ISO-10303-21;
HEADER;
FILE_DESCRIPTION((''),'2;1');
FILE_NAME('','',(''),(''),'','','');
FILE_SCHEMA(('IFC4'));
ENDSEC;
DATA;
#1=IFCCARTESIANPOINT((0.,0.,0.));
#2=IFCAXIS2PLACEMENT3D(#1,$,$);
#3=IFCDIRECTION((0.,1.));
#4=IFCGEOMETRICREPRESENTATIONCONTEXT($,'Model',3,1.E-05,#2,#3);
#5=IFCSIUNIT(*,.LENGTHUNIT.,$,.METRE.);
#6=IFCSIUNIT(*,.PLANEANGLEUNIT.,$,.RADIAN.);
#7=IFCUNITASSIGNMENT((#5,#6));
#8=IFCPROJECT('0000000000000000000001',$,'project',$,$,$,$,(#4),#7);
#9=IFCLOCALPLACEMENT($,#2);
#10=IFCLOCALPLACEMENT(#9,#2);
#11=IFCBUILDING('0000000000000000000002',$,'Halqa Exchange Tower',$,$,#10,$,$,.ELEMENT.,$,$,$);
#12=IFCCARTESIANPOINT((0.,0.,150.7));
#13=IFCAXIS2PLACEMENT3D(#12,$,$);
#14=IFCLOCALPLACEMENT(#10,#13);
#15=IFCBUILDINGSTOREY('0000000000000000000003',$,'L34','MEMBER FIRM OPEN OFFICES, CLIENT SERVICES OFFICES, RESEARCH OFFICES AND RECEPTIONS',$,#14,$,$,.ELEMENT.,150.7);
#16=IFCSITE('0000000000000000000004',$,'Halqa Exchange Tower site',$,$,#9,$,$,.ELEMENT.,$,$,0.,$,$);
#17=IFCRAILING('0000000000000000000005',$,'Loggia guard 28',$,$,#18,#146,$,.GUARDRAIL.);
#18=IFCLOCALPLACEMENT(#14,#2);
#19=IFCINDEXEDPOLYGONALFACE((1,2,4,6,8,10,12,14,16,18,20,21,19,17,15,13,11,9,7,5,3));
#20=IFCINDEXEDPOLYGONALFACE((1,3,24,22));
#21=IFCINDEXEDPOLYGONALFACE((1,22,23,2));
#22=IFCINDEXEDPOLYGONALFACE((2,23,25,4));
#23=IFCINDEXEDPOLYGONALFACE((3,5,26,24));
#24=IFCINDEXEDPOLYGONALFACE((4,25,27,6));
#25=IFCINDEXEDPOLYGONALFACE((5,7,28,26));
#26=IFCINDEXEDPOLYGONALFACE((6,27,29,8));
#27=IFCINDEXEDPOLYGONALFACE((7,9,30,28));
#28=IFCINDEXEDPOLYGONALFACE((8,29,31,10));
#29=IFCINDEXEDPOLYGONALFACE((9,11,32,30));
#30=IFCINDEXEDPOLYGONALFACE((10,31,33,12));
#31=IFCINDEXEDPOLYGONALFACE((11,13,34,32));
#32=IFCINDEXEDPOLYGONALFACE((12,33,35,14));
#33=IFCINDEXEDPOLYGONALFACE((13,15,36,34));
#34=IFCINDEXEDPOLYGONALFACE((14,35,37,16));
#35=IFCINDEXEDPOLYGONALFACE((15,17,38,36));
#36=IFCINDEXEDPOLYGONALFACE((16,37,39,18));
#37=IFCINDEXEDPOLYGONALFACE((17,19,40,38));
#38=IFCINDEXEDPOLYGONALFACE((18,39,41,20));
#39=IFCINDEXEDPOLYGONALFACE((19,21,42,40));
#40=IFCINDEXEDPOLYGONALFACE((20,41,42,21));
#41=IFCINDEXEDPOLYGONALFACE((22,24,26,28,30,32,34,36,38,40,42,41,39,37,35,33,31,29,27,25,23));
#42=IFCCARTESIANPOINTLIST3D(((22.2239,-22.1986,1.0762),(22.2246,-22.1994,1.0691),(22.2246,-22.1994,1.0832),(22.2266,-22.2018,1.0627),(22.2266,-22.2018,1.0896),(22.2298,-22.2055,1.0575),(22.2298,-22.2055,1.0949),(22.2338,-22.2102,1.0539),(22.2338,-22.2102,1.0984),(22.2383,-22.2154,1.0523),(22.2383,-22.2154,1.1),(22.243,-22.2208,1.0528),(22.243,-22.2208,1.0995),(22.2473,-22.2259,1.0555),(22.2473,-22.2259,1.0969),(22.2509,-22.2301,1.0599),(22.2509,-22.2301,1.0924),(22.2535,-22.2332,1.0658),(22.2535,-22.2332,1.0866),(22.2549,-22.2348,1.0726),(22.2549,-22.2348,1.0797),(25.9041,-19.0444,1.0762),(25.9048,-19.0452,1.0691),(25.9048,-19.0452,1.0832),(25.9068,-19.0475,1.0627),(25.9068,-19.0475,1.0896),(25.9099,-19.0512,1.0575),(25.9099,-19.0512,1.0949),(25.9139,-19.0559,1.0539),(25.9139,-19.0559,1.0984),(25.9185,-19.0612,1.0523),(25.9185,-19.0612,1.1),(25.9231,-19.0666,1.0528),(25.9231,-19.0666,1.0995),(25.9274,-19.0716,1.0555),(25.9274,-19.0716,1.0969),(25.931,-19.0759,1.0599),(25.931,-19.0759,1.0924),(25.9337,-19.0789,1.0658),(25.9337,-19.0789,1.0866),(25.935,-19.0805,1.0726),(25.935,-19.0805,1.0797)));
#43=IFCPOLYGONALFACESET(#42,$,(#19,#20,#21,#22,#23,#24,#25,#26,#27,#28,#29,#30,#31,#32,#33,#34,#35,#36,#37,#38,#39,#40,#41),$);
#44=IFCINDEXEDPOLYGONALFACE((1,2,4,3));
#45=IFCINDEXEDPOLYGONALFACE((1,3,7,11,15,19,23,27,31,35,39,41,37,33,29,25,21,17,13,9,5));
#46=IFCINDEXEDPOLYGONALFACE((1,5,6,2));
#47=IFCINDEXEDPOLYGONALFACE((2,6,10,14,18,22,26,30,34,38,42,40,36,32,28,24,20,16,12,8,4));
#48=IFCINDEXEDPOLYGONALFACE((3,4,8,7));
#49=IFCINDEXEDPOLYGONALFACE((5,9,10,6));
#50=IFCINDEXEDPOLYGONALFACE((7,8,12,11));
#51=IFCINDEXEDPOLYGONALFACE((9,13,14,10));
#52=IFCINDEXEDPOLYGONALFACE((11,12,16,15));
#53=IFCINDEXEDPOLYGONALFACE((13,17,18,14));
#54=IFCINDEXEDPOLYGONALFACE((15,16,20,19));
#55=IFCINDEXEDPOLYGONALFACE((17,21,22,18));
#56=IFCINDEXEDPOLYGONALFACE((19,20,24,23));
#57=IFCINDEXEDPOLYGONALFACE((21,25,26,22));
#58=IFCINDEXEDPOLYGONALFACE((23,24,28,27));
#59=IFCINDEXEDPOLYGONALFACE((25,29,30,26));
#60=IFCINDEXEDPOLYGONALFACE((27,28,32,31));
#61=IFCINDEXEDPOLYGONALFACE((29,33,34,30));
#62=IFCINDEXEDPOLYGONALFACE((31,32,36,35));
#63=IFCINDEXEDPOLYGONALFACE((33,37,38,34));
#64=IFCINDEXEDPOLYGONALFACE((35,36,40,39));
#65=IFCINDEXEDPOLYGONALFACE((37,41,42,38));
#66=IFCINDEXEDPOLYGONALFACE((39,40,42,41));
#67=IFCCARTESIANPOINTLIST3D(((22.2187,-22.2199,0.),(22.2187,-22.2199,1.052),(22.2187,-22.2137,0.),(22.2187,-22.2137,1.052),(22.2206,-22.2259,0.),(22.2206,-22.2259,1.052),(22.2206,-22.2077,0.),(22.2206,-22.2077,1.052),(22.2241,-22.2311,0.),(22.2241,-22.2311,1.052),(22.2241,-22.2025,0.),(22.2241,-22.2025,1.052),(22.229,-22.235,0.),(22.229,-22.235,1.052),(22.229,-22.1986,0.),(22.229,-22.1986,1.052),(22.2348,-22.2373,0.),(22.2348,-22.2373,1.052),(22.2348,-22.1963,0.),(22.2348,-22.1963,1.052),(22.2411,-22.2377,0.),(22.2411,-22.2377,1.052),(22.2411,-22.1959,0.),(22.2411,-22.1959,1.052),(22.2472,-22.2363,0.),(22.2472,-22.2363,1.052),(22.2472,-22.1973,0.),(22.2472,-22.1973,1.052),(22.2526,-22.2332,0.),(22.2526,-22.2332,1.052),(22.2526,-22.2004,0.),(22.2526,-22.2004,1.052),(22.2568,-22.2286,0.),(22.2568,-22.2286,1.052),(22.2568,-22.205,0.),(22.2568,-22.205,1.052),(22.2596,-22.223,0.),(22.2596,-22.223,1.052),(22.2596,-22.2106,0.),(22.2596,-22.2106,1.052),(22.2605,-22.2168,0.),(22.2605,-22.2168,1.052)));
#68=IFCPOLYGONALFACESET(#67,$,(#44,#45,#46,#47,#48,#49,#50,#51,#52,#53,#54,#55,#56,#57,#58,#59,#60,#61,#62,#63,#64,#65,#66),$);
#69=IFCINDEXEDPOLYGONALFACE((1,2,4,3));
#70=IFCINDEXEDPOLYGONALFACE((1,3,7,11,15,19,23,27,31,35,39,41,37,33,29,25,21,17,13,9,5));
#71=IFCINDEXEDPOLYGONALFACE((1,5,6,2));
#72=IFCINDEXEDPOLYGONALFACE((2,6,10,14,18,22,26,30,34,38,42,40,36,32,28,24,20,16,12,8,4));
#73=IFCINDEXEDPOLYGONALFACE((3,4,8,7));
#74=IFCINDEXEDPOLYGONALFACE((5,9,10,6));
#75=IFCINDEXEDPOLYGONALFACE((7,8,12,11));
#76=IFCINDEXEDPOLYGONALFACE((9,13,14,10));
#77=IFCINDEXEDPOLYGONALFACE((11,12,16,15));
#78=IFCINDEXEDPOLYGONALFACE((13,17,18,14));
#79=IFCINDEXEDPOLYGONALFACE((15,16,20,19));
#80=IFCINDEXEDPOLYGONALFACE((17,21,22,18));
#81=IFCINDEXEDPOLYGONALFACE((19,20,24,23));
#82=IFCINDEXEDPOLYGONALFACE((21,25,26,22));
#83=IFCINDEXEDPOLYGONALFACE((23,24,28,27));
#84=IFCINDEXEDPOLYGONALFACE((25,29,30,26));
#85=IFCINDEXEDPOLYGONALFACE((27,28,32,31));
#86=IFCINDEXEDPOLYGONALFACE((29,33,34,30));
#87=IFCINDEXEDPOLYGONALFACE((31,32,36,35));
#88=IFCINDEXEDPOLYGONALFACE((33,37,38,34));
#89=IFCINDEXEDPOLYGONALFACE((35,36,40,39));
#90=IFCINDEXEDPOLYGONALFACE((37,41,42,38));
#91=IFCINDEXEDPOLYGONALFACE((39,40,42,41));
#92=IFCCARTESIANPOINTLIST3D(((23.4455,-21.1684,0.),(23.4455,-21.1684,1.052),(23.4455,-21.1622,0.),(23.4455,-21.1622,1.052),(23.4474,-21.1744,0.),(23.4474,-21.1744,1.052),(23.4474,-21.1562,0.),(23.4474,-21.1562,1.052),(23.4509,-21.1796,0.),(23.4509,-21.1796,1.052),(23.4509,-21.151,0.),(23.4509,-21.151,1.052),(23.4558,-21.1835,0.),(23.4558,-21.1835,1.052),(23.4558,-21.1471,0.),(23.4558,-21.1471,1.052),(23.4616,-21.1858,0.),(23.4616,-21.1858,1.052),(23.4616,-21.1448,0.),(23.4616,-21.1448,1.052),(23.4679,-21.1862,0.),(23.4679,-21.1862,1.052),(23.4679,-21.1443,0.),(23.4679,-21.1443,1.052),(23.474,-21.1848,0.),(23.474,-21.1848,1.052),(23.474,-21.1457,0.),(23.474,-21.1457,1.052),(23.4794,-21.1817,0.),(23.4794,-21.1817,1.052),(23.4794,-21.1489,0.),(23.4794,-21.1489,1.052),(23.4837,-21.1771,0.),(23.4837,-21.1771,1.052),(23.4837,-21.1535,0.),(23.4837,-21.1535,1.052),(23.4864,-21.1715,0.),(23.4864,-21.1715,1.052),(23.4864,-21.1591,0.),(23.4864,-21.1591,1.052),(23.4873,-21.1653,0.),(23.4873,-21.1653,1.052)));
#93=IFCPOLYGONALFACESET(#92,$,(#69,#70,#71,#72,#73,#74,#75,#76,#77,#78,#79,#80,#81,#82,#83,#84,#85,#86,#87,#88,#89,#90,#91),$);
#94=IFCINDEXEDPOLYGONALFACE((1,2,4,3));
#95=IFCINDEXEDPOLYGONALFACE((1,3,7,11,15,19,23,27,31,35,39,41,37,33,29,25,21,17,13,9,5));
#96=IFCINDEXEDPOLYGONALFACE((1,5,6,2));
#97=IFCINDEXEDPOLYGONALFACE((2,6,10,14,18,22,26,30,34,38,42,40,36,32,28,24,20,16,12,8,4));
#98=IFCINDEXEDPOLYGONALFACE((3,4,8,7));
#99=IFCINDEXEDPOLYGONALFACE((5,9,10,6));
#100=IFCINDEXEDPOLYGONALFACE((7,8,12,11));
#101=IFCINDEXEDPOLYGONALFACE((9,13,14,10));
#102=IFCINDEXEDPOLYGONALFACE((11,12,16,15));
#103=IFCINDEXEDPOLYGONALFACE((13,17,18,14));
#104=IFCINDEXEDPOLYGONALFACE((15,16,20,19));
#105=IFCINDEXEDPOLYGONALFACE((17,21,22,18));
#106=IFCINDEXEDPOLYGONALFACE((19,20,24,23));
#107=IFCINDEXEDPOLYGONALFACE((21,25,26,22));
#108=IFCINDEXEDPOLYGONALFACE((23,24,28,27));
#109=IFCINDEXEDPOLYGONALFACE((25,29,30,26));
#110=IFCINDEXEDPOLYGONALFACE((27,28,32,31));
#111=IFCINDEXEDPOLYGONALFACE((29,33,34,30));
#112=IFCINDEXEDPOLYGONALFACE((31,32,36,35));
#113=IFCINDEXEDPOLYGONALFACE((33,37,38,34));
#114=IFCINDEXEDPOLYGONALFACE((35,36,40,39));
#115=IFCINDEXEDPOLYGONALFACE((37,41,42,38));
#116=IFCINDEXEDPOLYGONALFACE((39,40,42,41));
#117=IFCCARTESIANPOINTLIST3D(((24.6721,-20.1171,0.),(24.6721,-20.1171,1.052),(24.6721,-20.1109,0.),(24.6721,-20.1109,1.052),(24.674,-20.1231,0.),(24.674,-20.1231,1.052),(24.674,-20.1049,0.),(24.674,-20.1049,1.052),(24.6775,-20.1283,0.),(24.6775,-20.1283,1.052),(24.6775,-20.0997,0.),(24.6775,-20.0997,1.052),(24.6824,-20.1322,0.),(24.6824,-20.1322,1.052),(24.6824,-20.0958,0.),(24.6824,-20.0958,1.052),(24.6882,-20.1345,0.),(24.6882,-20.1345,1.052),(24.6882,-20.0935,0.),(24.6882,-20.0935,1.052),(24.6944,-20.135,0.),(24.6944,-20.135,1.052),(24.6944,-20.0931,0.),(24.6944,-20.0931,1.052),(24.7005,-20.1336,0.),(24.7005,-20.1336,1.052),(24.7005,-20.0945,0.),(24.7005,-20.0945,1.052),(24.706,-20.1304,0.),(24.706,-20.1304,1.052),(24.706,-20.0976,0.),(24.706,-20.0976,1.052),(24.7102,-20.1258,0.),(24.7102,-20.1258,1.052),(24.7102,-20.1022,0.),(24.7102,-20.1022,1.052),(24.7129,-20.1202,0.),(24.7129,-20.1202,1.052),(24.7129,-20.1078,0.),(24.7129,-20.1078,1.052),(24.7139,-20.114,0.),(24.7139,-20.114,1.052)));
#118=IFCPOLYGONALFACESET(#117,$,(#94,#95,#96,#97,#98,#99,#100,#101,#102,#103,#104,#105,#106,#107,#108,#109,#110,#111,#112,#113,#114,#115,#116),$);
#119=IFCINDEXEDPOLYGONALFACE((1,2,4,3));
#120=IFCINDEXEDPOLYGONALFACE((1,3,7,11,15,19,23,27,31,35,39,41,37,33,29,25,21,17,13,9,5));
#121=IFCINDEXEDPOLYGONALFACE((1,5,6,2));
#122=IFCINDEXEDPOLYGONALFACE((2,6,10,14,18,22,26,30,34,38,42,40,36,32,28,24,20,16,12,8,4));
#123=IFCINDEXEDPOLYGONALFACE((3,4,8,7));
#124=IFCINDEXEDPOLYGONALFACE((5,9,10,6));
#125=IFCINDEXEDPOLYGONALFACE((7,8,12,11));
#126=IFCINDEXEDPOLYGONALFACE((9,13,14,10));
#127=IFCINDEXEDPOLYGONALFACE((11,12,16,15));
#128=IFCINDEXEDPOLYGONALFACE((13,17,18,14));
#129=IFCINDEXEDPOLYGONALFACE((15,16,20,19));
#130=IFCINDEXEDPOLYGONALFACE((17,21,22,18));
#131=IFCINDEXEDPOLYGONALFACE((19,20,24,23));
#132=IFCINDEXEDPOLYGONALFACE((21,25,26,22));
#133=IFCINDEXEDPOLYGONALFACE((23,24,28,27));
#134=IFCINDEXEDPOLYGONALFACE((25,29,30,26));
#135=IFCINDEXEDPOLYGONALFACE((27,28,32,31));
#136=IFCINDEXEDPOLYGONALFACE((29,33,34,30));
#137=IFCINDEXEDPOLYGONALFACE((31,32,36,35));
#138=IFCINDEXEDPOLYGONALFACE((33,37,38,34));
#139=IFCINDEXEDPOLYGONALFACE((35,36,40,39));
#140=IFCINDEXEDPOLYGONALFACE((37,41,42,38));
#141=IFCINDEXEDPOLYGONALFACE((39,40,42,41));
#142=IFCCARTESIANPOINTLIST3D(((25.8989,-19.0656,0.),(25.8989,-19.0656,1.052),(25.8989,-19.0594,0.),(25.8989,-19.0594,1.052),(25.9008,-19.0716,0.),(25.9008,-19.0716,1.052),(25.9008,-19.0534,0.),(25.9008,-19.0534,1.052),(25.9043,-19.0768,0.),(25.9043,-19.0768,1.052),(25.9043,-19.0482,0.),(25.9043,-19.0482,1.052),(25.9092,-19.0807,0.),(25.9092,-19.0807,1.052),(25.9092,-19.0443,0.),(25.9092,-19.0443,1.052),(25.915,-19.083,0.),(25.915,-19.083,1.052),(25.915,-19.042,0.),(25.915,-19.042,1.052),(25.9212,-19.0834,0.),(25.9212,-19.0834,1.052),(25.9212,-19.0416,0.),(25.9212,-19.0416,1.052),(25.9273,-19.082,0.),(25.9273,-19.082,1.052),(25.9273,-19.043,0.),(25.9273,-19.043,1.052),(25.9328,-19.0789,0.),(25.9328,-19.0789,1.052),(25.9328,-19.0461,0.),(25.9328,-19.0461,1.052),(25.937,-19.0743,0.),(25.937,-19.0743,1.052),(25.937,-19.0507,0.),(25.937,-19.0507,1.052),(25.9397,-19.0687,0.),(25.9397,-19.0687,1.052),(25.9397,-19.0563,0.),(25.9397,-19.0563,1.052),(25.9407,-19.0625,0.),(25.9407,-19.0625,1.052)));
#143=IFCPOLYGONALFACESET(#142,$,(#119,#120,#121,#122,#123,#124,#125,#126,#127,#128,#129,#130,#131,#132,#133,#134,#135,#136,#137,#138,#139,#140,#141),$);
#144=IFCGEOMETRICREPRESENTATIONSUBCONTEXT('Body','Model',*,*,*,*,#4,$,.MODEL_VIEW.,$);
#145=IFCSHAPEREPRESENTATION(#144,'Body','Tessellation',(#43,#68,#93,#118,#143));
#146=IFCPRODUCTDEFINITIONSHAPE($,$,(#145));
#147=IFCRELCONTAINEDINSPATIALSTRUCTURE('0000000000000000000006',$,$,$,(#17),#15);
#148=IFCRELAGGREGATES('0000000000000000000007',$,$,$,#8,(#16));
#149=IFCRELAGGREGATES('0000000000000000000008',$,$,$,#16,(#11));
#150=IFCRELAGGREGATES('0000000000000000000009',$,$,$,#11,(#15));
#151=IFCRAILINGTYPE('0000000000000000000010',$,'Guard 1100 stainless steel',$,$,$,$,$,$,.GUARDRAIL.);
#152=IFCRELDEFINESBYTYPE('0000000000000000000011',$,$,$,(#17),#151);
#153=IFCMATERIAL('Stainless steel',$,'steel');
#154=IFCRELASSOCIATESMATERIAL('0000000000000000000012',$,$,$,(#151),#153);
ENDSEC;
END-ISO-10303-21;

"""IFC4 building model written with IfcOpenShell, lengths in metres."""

from ifc_helpers import new_model, si_unit, direction, frame, origin, origin_2d, place, context, subcontext, project, spatial, circle, extrude, material, type_object, element, save


model = new_model("IFC4")

# Units and contexts
model_context = context("Model", 3, precision=1e-05, world=origin(), true_north=direction((0.0, 1.0)))
body_context = subcontext(model_context, "Body", "Model", "MODEL_VIEW")
ifc_project = project(units=[si_unit("LENGTHUNIT", "METRE"), si_unit("PLANEANGLEUNIT", "RADIAN")], contexts=[model_context])

# Site, building, storey
site_placement = place(None, origin())
site = spatial("IfcSite", under=ifc_project, at=site_placement, Name="Halqa Exchange Tower site", CompositionType="ELEMENT", RefElevation=0.0)
building_placement = place(site_placement, origin())
building = spatial("IfcBuilding", under=site, at=building_placement, Name="Halqa Exchange Tower", CompositionType="ELEMENT")
storey_placement = place(building_placement, frame((0.0, 0.0, 150.7)))
storey = spatial("IfcBuildingStorey", under=building, at=storey_placement, Name="L34", Description="MEMBER FIRM OPEN OFFICES, CLIENT SERVICES OFFICES, RESEARCH OFFICES AND RECEPTIONS", CompositionType="ELEMENT", Elevation=150.7)

# Railing
ifc_material_1 = material(Name="Stainless steel", Category="steel")
railing_type = type_object("IfcRailingType", Name="Guard 1100 stainless steel", PredefinedType="GUARDRAIL", material=ifc_material_1)
railing_1_placement = place(storey_placement, frame((22.2395, -22.2168, 0.0)))
element("IfcRailing", 1, at=railing_1_placement, inside=storey, type_object=railing_type, Name="Loggia guard 28", PredefinedType="GUARDRAIL", context=body_context, shape_type="SweptSolid", body=[
    extrude(circle(Radius=0.0239, at=origin_2d()), frame((0.0, 0.0, 1.0762), z_axis=(0.759271, 0.650775, 0.0), x_axis=(-0.650775, 0.759271, 0.0)), (0.0, 0.0, 1.0), 4.8469),
    extrude(circle(Radius=0.021, at=origin_2d()), origin(), (0.0, 0.0, 1.0), 1.052),
    extrude(circle(Radius=0.021, at=origin_2d()), frame((1.2268, 1.0515, 0.0)), (0.0, 0.0, 1.0), 1.052),
    extrude(circle(Radius=0.021, at=origin_2d()), frame((2.4534, 2.1028, 0.0)), (0.0, 0.0, 1.0), 1.052),
    extrude(circle(Radius=0.021, at=origin_2d()), frame((3.6802, 3.1543, 0.0)), (0.0, 0.0, 1.0), 1.052),
])

save(model, "model.ifc")
